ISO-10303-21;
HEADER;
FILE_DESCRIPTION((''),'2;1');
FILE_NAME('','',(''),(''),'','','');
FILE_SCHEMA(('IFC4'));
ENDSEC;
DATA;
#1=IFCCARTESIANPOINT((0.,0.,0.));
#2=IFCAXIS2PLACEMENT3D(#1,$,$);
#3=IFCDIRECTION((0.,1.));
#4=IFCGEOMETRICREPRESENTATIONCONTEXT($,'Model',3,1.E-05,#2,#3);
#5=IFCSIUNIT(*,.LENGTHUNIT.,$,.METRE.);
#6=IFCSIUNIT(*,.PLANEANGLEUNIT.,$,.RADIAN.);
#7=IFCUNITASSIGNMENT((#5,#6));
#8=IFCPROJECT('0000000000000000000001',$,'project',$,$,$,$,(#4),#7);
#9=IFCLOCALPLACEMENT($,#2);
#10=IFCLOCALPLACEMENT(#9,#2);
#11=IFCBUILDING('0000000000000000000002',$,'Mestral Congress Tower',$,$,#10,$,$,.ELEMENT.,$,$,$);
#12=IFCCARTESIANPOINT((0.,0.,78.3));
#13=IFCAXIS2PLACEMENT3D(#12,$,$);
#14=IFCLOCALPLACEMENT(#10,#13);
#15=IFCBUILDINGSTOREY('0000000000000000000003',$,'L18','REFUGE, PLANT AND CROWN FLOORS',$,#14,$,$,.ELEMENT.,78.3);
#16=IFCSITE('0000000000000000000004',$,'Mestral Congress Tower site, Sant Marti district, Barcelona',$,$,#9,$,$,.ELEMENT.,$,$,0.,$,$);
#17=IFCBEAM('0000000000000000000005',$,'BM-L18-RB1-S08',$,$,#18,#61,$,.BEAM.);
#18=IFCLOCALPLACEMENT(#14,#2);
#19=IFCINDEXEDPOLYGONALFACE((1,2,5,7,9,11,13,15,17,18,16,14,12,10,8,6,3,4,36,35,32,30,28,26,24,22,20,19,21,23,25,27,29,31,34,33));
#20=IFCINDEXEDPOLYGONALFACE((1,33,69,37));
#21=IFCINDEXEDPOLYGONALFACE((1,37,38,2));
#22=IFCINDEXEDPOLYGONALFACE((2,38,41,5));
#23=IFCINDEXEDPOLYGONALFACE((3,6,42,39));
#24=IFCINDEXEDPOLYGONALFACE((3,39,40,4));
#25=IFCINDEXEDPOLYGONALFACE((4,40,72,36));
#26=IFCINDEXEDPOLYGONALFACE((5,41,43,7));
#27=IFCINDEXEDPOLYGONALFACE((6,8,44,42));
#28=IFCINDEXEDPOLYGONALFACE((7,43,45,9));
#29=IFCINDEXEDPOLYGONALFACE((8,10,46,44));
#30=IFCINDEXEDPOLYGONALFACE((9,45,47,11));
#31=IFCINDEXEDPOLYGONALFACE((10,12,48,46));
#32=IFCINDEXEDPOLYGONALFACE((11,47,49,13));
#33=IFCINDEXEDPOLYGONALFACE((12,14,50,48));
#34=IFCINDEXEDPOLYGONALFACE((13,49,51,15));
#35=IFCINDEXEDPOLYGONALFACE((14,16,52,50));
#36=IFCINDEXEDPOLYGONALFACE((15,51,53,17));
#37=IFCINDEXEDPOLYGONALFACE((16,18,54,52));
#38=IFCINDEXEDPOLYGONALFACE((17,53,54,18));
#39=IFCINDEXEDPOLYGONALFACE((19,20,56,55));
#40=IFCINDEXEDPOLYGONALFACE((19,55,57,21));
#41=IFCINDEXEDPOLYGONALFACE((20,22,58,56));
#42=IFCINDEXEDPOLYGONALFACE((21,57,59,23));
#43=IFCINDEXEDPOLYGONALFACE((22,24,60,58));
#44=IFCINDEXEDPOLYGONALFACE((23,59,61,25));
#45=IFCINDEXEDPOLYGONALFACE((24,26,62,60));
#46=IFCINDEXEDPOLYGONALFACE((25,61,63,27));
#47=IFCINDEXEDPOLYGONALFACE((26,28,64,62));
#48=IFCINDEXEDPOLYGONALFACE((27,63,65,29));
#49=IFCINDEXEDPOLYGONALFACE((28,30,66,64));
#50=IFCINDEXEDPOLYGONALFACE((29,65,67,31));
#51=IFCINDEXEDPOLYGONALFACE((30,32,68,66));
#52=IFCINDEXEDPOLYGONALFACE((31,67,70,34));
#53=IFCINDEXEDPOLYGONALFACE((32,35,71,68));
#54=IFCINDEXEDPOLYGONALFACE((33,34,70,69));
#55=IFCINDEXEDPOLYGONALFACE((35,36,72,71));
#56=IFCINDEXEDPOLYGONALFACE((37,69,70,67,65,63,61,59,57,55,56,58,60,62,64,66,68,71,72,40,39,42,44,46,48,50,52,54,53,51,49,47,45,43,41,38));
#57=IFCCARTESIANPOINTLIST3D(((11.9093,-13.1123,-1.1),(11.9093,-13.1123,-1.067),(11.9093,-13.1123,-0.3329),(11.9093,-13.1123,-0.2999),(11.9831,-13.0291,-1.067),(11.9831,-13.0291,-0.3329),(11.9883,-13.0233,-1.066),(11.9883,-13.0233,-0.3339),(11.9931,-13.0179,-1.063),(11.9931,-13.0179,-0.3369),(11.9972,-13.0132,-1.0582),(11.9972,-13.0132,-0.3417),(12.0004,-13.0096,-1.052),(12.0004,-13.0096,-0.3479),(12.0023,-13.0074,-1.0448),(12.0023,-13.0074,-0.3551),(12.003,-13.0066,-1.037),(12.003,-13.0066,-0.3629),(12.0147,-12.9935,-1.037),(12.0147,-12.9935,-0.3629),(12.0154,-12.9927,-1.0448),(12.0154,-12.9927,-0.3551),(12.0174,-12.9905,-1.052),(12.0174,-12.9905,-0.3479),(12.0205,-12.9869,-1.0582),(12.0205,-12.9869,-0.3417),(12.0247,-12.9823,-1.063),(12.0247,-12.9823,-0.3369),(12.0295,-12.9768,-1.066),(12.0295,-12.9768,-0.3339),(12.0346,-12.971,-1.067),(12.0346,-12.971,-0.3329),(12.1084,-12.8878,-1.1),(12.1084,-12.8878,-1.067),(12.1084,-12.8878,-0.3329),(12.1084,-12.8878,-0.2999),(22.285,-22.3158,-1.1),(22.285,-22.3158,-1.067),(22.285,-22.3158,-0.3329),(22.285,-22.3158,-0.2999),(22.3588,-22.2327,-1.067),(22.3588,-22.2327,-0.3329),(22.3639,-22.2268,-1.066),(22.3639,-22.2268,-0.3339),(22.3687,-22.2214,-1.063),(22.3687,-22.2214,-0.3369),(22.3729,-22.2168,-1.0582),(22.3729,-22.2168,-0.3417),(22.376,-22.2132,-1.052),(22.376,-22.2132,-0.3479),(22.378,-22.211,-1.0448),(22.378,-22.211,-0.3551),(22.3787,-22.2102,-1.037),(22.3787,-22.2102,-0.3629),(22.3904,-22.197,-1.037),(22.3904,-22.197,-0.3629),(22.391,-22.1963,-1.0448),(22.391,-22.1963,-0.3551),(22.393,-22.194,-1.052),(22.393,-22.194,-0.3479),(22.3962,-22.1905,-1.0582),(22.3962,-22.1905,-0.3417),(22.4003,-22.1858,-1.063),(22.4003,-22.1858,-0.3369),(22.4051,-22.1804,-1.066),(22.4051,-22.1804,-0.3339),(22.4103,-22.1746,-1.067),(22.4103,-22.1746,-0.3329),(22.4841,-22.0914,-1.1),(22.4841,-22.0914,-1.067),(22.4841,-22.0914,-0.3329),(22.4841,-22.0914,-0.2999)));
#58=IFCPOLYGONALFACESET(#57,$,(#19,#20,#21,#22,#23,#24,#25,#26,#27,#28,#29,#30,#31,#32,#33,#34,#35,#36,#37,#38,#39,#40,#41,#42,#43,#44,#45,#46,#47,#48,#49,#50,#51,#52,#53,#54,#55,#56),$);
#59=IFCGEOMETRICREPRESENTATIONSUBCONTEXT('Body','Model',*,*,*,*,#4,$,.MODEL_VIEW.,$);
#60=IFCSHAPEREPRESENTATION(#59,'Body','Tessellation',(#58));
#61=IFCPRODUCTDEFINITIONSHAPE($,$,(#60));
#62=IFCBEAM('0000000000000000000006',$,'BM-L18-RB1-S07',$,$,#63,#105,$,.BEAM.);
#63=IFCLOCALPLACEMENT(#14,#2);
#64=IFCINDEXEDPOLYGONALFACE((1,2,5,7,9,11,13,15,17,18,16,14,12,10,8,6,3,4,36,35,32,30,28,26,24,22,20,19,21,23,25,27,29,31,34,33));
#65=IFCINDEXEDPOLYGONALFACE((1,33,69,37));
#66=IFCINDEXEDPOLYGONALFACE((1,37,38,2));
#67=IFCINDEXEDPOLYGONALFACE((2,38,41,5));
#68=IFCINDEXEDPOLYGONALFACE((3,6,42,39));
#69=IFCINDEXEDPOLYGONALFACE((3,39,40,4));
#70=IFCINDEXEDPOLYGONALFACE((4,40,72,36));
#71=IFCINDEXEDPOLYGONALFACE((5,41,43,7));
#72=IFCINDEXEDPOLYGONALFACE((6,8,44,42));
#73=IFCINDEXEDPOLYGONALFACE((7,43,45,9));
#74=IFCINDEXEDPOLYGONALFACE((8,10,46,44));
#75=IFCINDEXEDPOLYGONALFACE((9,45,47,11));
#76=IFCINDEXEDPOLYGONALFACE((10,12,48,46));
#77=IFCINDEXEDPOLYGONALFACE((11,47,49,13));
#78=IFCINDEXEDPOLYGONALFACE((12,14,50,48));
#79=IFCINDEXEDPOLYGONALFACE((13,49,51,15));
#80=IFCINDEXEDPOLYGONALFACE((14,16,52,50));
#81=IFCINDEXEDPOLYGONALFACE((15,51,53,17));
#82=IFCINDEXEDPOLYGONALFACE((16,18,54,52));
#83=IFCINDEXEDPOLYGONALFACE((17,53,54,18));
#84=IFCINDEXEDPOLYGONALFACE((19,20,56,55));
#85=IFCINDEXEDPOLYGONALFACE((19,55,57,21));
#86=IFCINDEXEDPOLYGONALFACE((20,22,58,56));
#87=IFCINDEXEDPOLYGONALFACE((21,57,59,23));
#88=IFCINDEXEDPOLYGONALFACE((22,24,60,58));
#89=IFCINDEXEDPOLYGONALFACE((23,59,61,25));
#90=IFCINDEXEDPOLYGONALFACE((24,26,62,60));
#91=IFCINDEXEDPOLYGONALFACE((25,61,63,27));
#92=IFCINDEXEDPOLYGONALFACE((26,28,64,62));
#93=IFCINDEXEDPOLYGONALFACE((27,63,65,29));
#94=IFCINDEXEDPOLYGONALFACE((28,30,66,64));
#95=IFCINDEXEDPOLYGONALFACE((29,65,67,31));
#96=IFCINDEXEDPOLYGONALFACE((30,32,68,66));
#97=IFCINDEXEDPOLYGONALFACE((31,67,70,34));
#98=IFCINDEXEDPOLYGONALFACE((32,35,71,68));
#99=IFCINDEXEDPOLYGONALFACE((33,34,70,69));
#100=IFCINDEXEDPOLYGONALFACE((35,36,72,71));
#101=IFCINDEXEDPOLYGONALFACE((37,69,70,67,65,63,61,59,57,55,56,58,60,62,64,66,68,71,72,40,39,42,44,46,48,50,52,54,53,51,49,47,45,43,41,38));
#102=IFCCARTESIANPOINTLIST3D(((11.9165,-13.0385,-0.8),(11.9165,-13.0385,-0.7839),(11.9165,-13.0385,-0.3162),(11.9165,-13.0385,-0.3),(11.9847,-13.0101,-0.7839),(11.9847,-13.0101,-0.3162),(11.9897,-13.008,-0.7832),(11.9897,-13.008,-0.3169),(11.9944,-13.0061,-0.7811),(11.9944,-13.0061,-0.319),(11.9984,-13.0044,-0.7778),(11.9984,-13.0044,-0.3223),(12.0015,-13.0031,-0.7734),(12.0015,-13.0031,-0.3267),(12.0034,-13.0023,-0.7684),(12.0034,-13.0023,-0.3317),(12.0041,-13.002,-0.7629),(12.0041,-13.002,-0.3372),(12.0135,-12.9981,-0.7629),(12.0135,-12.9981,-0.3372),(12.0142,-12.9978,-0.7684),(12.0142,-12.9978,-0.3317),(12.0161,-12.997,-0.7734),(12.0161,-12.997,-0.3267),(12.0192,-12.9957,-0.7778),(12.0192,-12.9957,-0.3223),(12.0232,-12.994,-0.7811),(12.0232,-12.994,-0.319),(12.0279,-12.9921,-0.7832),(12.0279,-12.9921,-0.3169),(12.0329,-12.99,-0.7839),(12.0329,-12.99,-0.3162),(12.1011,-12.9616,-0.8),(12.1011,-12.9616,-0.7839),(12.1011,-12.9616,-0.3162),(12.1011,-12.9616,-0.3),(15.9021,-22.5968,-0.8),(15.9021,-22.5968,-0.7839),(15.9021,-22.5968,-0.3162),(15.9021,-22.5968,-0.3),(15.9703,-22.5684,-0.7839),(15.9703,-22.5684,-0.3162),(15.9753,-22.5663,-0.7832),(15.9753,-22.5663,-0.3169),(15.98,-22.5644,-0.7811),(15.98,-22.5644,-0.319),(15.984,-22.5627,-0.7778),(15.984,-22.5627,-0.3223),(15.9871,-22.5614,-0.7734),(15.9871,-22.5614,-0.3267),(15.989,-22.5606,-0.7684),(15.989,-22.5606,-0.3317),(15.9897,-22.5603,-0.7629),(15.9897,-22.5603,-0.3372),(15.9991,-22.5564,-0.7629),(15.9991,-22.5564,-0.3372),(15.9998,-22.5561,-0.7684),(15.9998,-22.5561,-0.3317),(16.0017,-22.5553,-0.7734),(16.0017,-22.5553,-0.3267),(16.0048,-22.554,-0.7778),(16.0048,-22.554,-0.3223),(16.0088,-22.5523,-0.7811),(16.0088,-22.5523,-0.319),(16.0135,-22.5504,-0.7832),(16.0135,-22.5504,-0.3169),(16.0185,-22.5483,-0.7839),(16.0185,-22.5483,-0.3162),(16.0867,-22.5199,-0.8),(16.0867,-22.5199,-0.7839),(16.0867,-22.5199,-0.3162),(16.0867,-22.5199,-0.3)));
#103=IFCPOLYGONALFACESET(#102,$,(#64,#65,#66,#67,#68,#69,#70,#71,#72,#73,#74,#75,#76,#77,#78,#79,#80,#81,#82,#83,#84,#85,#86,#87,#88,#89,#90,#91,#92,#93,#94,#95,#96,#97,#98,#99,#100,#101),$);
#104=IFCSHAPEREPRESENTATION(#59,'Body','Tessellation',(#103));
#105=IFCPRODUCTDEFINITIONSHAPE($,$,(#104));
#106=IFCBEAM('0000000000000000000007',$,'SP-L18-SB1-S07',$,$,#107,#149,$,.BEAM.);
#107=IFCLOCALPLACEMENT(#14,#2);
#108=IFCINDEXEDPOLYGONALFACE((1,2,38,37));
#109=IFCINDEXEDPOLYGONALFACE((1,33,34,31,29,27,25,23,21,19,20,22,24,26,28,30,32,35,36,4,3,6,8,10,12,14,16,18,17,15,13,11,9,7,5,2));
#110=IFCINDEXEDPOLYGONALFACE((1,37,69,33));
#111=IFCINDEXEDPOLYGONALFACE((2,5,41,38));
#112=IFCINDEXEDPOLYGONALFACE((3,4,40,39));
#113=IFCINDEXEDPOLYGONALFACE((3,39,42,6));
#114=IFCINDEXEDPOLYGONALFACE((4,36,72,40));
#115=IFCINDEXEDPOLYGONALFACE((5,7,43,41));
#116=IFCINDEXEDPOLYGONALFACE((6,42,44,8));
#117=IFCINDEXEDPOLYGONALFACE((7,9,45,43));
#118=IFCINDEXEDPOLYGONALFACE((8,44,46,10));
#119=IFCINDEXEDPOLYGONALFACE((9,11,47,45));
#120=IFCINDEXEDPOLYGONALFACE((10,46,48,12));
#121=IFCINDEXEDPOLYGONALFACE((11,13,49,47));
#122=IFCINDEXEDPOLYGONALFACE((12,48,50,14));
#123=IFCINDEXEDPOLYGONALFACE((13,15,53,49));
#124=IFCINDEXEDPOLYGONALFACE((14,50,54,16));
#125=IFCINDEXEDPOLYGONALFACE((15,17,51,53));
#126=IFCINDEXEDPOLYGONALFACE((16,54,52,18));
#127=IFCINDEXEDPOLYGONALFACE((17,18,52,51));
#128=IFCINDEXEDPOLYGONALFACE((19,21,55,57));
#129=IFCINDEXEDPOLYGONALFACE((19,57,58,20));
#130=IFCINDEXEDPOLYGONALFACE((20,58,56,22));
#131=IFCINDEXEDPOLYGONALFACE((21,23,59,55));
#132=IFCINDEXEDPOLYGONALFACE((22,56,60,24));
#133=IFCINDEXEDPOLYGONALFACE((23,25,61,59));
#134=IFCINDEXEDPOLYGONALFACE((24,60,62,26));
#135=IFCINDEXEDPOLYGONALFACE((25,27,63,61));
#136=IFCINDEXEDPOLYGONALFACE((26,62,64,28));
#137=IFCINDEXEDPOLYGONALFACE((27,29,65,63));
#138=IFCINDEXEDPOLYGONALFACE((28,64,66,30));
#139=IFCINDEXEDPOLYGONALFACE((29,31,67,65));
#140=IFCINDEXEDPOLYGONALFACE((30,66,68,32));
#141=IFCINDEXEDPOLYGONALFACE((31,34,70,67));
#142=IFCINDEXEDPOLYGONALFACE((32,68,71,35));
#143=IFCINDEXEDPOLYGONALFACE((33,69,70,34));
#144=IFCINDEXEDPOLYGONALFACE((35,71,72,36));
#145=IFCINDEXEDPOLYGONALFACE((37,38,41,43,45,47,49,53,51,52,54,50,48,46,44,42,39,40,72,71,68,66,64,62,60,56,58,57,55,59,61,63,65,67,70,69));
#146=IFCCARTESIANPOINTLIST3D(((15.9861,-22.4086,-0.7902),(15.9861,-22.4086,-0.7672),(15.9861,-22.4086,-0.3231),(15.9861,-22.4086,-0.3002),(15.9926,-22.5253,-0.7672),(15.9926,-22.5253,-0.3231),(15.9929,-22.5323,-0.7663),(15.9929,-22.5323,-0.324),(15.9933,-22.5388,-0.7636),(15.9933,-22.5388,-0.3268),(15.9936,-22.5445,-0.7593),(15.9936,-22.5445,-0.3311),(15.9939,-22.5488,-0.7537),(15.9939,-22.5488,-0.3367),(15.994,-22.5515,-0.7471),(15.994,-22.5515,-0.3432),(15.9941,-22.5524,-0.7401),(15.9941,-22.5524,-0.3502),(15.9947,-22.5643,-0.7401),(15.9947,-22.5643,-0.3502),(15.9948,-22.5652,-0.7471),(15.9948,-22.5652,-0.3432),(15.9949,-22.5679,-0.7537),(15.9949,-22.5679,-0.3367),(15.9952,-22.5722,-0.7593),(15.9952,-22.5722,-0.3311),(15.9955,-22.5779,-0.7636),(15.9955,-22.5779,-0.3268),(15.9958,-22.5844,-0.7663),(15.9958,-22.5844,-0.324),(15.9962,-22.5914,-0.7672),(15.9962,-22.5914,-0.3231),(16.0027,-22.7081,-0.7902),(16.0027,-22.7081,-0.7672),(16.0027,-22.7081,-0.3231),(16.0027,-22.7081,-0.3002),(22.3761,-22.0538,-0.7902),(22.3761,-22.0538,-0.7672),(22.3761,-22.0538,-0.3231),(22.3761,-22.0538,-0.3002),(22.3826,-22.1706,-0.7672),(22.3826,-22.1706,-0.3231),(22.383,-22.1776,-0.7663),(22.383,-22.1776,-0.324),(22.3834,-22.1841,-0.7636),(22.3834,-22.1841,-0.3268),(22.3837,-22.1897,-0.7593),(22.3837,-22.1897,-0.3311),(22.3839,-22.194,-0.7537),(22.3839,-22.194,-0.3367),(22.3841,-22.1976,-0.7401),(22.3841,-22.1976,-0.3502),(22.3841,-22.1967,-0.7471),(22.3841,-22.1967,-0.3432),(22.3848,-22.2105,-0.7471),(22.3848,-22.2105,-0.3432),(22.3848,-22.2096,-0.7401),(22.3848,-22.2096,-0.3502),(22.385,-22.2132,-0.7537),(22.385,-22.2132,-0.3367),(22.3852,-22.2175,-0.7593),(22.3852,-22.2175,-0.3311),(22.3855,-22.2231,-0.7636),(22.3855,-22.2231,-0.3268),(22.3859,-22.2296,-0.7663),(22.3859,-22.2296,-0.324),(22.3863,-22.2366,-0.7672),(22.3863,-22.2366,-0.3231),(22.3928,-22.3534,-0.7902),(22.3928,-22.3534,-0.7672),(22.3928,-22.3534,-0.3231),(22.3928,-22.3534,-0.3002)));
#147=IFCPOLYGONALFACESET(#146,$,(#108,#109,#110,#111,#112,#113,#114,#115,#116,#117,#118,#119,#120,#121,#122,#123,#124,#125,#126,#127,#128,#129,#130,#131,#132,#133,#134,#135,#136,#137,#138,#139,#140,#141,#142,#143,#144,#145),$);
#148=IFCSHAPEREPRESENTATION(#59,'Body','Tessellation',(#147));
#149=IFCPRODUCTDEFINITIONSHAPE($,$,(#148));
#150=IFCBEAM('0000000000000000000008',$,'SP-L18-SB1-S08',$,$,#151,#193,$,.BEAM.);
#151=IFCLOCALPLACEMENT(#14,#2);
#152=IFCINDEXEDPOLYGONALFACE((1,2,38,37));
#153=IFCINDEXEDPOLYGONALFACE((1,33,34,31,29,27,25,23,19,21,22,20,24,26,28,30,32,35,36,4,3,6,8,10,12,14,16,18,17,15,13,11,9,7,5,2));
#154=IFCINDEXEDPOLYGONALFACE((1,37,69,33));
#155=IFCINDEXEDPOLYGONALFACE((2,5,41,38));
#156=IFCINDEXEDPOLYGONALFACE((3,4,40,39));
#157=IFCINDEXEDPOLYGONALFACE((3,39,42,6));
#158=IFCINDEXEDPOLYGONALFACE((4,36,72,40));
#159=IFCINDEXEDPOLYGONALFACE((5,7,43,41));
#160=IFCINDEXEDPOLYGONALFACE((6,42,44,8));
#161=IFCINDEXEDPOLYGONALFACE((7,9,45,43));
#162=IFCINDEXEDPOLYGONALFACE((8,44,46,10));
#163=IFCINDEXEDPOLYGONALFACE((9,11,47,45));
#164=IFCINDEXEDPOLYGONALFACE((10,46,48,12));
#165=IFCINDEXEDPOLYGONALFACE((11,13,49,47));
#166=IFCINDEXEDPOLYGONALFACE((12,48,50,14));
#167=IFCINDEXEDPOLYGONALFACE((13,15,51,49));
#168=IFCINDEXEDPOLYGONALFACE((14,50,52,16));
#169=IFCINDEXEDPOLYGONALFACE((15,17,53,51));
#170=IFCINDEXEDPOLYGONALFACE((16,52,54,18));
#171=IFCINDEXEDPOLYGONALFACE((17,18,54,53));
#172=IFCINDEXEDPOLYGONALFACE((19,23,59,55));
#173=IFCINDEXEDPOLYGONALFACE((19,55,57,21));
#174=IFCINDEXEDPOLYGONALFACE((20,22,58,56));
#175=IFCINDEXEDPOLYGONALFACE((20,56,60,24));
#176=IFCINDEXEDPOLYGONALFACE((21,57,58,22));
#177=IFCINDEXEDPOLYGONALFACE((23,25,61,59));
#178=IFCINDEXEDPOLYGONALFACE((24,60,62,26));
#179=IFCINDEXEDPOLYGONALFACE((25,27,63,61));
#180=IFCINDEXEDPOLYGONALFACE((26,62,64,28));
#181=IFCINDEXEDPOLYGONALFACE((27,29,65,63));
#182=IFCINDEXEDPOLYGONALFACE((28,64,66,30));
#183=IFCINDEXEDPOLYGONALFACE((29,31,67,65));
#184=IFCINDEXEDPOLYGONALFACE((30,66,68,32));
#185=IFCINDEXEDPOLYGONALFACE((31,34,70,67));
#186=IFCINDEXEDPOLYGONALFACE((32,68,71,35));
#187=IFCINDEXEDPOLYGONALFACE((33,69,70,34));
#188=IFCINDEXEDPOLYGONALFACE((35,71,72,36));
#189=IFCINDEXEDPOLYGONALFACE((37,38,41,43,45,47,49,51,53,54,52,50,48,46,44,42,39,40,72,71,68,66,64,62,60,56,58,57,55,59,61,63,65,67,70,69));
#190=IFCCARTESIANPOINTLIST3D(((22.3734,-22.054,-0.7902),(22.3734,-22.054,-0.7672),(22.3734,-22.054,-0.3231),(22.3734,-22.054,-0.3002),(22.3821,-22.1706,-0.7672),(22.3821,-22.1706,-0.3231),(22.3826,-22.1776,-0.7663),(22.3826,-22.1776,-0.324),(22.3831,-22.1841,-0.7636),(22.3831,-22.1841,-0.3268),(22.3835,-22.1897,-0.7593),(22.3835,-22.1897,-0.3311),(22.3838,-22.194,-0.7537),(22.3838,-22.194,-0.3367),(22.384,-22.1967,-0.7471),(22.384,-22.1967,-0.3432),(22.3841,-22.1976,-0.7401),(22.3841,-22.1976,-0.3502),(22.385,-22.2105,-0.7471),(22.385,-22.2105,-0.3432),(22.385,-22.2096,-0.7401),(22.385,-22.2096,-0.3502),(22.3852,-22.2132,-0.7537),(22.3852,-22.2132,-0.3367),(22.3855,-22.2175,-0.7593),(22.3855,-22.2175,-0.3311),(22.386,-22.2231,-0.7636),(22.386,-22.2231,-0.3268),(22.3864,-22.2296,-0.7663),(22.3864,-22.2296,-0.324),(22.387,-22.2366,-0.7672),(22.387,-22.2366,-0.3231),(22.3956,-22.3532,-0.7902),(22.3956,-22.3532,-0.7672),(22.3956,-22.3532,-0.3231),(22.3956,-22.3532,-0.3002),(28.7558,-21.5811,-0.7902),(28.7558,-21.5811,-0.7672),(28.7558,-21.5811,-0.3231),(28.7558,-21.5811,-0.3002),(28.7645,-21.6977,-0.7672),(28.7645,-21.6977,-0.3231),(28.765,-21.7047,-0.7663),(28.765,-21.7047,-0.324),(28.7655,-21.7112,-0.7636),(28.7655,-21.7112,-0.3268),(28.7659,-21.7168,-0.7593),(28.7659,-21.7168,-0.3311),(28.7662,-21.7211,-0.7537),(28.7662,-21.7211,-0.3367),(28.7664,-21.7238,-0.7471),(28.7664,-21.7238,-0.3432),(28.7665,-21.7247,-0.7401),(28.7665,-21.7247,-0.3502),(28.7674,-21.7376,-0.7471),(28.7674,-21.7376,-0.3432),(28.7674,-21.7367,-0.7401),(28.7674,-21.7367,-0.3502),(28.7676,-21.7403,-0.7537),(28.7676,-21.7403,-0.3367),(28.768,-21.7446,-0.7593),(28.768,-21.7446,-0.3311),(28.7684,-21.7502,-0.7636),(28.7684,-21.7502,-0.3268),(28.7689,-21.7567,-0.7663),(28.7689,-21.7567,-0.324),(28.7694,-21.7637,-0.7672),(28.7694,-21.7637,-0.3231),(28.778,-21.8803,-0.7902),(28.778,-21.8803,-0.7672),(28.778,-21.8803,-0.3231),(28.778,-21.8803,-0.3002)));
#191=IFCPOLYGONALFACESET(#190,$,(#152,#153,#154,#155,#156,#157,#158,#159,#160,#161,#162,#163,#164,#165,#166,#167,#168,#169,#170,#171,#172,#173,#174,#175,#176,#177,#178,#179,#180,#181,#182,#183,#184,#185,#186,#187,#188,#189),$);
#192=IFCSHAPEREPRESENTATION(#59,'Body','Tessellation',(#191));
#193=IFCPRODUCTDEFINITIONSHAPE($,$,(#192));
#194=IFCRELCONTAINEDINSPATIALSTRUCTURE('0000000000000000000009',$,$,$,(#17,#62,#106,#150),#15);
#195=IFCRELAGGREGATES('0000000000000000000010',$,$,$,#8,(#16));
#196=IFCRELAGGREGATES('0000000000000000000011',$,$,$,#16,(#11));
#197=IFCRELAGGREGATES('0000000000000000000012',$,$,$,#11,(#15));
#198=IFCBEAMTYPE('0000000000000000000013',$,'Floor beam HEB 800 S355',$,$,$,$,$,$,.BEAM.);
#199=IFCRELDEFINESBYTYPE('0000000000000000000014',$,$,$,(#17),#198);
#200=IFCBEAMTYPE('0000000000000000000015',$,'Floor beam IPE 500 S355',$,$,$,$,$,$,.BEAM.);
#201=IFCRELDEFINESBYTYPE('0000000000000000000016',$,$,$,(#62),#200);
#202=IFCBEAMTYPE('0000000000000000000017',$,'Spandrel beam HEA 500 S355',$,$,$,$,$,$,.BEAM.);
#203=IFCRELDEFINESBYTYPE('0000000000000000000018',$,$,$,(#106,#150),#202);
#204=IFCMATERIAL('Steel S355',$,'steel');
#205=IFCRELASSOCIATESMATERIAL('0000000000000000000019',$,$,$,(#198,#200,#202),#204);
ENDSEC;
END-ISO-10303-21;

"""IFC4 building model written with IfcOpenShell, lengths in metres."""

from ifc_helpers import new_model, si_unit, direction, frame, origin, origin_2d, place, context, subcontext, project, spatial, i_section, extrude, material, material_profile, profile_set, type_object, element, save


model = new_model("IFC4")

# Units and contexts
model_context = context("Model", 3, precision=1e-05, world=origin(), true_north=direction((0.0, 1.0)))
body_context = subcontext(model_context, "Body", "Model", "MODEL_VIEW")
ifc_project = project(units=[si_unit("LENGTHUNIT", "METRE"), si_unit("PLANEANGLEUNIT", "RADIAN")], contexts=[model_context])

# Site, building, storey
site_placement = place(None, origin())
site = spatial("IfcSite", under=ifc_project, at=site_placement, Name="Mestral Congress Tower site, Sant Marti district, Barcelona", CompositionType="ELEMENT", RefElevation=0.0)
building_placement = place(site_placement, origin())
building = spatial("IfcBuilding", under=site, at=building_placement, Name="Mestral Congress Tower", CompositionType="ELEMENT")
storey_placement = place(building_placement, frame((0.0, 0.0, 78.3)))
storey = spatial("IfcBuildingStorey", under=building, at=storey_placement, Name="L18", Description="REFUGE, PLANT AND CROWN FLOORS", CompositionType="ELEMENT", Elevation=78.3)

# Shared definitions
ifc_material_1 = material(Name="Steel S355", Category="steel")

# Beams
ifc_material_profile_1 = material_profile(ifc_material_1, i_section(OverallWidth=0.3, OverallDepth=0.8, WebThickness=0.0176, FlangeThickness=0.033, FilletRadius=0.03, at=origin_2d()), Name="HEB 800")
ifc_profile_set_1 = profile_set([ifc_material_profile_1], Name="Steel S355")
beam_type_1 = type_object("IfcBeamType", Name="Floor beam HEB 800 S355", PredefinedType="BEAM", material=ifc_profile_set_1)
beam_1_placement = place(storey_placement, frame((22.3845, -22.2036, -0.7), z_axis=(-0.748098, 0.663588, 0.0), x_axis=(-0.663588, -0.748098, 0.0)))
element("IfcBeam", 1, at=beam_1_placement, inside=storey, type_object=beam_type_1, Name="BM-L18-RB1-S08", PredefinedType="BEAM", context=body_context, shape_type="SweptSolid", body=[
    extrude(i_section(OverallWidth=0.3, OverallDepth=0.8, WebThickness=0.0176, FlangeThickness=0.033, FilletRadius=0.03, at=origin_2d()), origin(), (0.0, 0.0, 1.0), 13.8694),
])
ifc_material_profile_2 = material_profile(ifc_material_1, i_section(OverallWidth=0.2, OverallDepth=0.5, WebThickness=0.0103, FlangeThickness=0.0161, FilletRadius=0.021, at=origin_2d()), Name="IPE 500")
ifc_profile_set_2 = profile_set([ifc_material_profile_2], Name="Steel S355")
beam_type_2 = type_object("IfcBeamType", Name="Floor beam IPE 500 S355", PredefinedType="BEAM", material=ifc_profile_set_2)
beam_2_placement = place(storey_placement, frame((15.9944, -22.5583, -0.55), z_axis=(-0.384858, 0.922976, 0.0), x_axis=(-0.922976, -0.384858, 0.0)))
element("IfcBeam", 2, at=beam_2_placement, inside=storey, type_object=beam_type_2, Name="BM-L18-RB1-S07", PredefinedType="BEAM", context=body_context, shape_type="SweptSolid", body=[
    extrude(i_section(OverallWidth=0.2, OverallDepth=0.5, WebThickness=0.0103, FlangeThickness=0.0161, FilletRadius=0.021, at=origin_2d()), origin(), (0.0, 0.0, 1.0), 10.356),
])
ifc_material_profile_3 = material_profile(ifc_material_1, i_section(OverallWidth=0.3, OverallDepth=0.49, WebThickness=0.012, FlangeThickness=0.0229, FilletRadius=0.0271, at=origin_2d()), Name="HEA 500")
ifc_profile_set_3 = profile_set([ifc_material_profile_3], Name="Steel S355")
beam_type_3 = type_object("IfcBeamType", Name="Spandrel beam HEA 500 S355", PredefinedType="BEAM", material=ifc_profile_set_3)
for number, where, z_axis, x_axis, name in (
    (3, (15.9944, -22.5583, -0.5452), (0.998463, 0.055428, 0.0), (-0.055428, 0.998463, 0.0), "SP-L18-SB1-S07"),
    (4, (22.3845, -22.2036, -0.5452), (0.997266, 0.073893, 0.0), (-0.073893, 0.997266, 0.0), "SP-L18-SB1-S08"),
):
    element("IfcBeam", number, at=place(storey_placement, frame(where, z_axis=z_axis, x_axis=x_axis)), inside=storey, type_object=beam_type_3, Name=name, PredefinedType="BEAM", context=body_context, shape_type="SweptSolid", body=[
        extrude(i_section(OverallWidth=0.3, OverallDepth=0.49, WebThickness=0.012, FlangeThickness=0.0229, FilletRadius=0.0271, at=origin_2d()), origin(), (0.0, 0.0, 1.0), 6.3999),
    ])

save(model, "model.ifc")
